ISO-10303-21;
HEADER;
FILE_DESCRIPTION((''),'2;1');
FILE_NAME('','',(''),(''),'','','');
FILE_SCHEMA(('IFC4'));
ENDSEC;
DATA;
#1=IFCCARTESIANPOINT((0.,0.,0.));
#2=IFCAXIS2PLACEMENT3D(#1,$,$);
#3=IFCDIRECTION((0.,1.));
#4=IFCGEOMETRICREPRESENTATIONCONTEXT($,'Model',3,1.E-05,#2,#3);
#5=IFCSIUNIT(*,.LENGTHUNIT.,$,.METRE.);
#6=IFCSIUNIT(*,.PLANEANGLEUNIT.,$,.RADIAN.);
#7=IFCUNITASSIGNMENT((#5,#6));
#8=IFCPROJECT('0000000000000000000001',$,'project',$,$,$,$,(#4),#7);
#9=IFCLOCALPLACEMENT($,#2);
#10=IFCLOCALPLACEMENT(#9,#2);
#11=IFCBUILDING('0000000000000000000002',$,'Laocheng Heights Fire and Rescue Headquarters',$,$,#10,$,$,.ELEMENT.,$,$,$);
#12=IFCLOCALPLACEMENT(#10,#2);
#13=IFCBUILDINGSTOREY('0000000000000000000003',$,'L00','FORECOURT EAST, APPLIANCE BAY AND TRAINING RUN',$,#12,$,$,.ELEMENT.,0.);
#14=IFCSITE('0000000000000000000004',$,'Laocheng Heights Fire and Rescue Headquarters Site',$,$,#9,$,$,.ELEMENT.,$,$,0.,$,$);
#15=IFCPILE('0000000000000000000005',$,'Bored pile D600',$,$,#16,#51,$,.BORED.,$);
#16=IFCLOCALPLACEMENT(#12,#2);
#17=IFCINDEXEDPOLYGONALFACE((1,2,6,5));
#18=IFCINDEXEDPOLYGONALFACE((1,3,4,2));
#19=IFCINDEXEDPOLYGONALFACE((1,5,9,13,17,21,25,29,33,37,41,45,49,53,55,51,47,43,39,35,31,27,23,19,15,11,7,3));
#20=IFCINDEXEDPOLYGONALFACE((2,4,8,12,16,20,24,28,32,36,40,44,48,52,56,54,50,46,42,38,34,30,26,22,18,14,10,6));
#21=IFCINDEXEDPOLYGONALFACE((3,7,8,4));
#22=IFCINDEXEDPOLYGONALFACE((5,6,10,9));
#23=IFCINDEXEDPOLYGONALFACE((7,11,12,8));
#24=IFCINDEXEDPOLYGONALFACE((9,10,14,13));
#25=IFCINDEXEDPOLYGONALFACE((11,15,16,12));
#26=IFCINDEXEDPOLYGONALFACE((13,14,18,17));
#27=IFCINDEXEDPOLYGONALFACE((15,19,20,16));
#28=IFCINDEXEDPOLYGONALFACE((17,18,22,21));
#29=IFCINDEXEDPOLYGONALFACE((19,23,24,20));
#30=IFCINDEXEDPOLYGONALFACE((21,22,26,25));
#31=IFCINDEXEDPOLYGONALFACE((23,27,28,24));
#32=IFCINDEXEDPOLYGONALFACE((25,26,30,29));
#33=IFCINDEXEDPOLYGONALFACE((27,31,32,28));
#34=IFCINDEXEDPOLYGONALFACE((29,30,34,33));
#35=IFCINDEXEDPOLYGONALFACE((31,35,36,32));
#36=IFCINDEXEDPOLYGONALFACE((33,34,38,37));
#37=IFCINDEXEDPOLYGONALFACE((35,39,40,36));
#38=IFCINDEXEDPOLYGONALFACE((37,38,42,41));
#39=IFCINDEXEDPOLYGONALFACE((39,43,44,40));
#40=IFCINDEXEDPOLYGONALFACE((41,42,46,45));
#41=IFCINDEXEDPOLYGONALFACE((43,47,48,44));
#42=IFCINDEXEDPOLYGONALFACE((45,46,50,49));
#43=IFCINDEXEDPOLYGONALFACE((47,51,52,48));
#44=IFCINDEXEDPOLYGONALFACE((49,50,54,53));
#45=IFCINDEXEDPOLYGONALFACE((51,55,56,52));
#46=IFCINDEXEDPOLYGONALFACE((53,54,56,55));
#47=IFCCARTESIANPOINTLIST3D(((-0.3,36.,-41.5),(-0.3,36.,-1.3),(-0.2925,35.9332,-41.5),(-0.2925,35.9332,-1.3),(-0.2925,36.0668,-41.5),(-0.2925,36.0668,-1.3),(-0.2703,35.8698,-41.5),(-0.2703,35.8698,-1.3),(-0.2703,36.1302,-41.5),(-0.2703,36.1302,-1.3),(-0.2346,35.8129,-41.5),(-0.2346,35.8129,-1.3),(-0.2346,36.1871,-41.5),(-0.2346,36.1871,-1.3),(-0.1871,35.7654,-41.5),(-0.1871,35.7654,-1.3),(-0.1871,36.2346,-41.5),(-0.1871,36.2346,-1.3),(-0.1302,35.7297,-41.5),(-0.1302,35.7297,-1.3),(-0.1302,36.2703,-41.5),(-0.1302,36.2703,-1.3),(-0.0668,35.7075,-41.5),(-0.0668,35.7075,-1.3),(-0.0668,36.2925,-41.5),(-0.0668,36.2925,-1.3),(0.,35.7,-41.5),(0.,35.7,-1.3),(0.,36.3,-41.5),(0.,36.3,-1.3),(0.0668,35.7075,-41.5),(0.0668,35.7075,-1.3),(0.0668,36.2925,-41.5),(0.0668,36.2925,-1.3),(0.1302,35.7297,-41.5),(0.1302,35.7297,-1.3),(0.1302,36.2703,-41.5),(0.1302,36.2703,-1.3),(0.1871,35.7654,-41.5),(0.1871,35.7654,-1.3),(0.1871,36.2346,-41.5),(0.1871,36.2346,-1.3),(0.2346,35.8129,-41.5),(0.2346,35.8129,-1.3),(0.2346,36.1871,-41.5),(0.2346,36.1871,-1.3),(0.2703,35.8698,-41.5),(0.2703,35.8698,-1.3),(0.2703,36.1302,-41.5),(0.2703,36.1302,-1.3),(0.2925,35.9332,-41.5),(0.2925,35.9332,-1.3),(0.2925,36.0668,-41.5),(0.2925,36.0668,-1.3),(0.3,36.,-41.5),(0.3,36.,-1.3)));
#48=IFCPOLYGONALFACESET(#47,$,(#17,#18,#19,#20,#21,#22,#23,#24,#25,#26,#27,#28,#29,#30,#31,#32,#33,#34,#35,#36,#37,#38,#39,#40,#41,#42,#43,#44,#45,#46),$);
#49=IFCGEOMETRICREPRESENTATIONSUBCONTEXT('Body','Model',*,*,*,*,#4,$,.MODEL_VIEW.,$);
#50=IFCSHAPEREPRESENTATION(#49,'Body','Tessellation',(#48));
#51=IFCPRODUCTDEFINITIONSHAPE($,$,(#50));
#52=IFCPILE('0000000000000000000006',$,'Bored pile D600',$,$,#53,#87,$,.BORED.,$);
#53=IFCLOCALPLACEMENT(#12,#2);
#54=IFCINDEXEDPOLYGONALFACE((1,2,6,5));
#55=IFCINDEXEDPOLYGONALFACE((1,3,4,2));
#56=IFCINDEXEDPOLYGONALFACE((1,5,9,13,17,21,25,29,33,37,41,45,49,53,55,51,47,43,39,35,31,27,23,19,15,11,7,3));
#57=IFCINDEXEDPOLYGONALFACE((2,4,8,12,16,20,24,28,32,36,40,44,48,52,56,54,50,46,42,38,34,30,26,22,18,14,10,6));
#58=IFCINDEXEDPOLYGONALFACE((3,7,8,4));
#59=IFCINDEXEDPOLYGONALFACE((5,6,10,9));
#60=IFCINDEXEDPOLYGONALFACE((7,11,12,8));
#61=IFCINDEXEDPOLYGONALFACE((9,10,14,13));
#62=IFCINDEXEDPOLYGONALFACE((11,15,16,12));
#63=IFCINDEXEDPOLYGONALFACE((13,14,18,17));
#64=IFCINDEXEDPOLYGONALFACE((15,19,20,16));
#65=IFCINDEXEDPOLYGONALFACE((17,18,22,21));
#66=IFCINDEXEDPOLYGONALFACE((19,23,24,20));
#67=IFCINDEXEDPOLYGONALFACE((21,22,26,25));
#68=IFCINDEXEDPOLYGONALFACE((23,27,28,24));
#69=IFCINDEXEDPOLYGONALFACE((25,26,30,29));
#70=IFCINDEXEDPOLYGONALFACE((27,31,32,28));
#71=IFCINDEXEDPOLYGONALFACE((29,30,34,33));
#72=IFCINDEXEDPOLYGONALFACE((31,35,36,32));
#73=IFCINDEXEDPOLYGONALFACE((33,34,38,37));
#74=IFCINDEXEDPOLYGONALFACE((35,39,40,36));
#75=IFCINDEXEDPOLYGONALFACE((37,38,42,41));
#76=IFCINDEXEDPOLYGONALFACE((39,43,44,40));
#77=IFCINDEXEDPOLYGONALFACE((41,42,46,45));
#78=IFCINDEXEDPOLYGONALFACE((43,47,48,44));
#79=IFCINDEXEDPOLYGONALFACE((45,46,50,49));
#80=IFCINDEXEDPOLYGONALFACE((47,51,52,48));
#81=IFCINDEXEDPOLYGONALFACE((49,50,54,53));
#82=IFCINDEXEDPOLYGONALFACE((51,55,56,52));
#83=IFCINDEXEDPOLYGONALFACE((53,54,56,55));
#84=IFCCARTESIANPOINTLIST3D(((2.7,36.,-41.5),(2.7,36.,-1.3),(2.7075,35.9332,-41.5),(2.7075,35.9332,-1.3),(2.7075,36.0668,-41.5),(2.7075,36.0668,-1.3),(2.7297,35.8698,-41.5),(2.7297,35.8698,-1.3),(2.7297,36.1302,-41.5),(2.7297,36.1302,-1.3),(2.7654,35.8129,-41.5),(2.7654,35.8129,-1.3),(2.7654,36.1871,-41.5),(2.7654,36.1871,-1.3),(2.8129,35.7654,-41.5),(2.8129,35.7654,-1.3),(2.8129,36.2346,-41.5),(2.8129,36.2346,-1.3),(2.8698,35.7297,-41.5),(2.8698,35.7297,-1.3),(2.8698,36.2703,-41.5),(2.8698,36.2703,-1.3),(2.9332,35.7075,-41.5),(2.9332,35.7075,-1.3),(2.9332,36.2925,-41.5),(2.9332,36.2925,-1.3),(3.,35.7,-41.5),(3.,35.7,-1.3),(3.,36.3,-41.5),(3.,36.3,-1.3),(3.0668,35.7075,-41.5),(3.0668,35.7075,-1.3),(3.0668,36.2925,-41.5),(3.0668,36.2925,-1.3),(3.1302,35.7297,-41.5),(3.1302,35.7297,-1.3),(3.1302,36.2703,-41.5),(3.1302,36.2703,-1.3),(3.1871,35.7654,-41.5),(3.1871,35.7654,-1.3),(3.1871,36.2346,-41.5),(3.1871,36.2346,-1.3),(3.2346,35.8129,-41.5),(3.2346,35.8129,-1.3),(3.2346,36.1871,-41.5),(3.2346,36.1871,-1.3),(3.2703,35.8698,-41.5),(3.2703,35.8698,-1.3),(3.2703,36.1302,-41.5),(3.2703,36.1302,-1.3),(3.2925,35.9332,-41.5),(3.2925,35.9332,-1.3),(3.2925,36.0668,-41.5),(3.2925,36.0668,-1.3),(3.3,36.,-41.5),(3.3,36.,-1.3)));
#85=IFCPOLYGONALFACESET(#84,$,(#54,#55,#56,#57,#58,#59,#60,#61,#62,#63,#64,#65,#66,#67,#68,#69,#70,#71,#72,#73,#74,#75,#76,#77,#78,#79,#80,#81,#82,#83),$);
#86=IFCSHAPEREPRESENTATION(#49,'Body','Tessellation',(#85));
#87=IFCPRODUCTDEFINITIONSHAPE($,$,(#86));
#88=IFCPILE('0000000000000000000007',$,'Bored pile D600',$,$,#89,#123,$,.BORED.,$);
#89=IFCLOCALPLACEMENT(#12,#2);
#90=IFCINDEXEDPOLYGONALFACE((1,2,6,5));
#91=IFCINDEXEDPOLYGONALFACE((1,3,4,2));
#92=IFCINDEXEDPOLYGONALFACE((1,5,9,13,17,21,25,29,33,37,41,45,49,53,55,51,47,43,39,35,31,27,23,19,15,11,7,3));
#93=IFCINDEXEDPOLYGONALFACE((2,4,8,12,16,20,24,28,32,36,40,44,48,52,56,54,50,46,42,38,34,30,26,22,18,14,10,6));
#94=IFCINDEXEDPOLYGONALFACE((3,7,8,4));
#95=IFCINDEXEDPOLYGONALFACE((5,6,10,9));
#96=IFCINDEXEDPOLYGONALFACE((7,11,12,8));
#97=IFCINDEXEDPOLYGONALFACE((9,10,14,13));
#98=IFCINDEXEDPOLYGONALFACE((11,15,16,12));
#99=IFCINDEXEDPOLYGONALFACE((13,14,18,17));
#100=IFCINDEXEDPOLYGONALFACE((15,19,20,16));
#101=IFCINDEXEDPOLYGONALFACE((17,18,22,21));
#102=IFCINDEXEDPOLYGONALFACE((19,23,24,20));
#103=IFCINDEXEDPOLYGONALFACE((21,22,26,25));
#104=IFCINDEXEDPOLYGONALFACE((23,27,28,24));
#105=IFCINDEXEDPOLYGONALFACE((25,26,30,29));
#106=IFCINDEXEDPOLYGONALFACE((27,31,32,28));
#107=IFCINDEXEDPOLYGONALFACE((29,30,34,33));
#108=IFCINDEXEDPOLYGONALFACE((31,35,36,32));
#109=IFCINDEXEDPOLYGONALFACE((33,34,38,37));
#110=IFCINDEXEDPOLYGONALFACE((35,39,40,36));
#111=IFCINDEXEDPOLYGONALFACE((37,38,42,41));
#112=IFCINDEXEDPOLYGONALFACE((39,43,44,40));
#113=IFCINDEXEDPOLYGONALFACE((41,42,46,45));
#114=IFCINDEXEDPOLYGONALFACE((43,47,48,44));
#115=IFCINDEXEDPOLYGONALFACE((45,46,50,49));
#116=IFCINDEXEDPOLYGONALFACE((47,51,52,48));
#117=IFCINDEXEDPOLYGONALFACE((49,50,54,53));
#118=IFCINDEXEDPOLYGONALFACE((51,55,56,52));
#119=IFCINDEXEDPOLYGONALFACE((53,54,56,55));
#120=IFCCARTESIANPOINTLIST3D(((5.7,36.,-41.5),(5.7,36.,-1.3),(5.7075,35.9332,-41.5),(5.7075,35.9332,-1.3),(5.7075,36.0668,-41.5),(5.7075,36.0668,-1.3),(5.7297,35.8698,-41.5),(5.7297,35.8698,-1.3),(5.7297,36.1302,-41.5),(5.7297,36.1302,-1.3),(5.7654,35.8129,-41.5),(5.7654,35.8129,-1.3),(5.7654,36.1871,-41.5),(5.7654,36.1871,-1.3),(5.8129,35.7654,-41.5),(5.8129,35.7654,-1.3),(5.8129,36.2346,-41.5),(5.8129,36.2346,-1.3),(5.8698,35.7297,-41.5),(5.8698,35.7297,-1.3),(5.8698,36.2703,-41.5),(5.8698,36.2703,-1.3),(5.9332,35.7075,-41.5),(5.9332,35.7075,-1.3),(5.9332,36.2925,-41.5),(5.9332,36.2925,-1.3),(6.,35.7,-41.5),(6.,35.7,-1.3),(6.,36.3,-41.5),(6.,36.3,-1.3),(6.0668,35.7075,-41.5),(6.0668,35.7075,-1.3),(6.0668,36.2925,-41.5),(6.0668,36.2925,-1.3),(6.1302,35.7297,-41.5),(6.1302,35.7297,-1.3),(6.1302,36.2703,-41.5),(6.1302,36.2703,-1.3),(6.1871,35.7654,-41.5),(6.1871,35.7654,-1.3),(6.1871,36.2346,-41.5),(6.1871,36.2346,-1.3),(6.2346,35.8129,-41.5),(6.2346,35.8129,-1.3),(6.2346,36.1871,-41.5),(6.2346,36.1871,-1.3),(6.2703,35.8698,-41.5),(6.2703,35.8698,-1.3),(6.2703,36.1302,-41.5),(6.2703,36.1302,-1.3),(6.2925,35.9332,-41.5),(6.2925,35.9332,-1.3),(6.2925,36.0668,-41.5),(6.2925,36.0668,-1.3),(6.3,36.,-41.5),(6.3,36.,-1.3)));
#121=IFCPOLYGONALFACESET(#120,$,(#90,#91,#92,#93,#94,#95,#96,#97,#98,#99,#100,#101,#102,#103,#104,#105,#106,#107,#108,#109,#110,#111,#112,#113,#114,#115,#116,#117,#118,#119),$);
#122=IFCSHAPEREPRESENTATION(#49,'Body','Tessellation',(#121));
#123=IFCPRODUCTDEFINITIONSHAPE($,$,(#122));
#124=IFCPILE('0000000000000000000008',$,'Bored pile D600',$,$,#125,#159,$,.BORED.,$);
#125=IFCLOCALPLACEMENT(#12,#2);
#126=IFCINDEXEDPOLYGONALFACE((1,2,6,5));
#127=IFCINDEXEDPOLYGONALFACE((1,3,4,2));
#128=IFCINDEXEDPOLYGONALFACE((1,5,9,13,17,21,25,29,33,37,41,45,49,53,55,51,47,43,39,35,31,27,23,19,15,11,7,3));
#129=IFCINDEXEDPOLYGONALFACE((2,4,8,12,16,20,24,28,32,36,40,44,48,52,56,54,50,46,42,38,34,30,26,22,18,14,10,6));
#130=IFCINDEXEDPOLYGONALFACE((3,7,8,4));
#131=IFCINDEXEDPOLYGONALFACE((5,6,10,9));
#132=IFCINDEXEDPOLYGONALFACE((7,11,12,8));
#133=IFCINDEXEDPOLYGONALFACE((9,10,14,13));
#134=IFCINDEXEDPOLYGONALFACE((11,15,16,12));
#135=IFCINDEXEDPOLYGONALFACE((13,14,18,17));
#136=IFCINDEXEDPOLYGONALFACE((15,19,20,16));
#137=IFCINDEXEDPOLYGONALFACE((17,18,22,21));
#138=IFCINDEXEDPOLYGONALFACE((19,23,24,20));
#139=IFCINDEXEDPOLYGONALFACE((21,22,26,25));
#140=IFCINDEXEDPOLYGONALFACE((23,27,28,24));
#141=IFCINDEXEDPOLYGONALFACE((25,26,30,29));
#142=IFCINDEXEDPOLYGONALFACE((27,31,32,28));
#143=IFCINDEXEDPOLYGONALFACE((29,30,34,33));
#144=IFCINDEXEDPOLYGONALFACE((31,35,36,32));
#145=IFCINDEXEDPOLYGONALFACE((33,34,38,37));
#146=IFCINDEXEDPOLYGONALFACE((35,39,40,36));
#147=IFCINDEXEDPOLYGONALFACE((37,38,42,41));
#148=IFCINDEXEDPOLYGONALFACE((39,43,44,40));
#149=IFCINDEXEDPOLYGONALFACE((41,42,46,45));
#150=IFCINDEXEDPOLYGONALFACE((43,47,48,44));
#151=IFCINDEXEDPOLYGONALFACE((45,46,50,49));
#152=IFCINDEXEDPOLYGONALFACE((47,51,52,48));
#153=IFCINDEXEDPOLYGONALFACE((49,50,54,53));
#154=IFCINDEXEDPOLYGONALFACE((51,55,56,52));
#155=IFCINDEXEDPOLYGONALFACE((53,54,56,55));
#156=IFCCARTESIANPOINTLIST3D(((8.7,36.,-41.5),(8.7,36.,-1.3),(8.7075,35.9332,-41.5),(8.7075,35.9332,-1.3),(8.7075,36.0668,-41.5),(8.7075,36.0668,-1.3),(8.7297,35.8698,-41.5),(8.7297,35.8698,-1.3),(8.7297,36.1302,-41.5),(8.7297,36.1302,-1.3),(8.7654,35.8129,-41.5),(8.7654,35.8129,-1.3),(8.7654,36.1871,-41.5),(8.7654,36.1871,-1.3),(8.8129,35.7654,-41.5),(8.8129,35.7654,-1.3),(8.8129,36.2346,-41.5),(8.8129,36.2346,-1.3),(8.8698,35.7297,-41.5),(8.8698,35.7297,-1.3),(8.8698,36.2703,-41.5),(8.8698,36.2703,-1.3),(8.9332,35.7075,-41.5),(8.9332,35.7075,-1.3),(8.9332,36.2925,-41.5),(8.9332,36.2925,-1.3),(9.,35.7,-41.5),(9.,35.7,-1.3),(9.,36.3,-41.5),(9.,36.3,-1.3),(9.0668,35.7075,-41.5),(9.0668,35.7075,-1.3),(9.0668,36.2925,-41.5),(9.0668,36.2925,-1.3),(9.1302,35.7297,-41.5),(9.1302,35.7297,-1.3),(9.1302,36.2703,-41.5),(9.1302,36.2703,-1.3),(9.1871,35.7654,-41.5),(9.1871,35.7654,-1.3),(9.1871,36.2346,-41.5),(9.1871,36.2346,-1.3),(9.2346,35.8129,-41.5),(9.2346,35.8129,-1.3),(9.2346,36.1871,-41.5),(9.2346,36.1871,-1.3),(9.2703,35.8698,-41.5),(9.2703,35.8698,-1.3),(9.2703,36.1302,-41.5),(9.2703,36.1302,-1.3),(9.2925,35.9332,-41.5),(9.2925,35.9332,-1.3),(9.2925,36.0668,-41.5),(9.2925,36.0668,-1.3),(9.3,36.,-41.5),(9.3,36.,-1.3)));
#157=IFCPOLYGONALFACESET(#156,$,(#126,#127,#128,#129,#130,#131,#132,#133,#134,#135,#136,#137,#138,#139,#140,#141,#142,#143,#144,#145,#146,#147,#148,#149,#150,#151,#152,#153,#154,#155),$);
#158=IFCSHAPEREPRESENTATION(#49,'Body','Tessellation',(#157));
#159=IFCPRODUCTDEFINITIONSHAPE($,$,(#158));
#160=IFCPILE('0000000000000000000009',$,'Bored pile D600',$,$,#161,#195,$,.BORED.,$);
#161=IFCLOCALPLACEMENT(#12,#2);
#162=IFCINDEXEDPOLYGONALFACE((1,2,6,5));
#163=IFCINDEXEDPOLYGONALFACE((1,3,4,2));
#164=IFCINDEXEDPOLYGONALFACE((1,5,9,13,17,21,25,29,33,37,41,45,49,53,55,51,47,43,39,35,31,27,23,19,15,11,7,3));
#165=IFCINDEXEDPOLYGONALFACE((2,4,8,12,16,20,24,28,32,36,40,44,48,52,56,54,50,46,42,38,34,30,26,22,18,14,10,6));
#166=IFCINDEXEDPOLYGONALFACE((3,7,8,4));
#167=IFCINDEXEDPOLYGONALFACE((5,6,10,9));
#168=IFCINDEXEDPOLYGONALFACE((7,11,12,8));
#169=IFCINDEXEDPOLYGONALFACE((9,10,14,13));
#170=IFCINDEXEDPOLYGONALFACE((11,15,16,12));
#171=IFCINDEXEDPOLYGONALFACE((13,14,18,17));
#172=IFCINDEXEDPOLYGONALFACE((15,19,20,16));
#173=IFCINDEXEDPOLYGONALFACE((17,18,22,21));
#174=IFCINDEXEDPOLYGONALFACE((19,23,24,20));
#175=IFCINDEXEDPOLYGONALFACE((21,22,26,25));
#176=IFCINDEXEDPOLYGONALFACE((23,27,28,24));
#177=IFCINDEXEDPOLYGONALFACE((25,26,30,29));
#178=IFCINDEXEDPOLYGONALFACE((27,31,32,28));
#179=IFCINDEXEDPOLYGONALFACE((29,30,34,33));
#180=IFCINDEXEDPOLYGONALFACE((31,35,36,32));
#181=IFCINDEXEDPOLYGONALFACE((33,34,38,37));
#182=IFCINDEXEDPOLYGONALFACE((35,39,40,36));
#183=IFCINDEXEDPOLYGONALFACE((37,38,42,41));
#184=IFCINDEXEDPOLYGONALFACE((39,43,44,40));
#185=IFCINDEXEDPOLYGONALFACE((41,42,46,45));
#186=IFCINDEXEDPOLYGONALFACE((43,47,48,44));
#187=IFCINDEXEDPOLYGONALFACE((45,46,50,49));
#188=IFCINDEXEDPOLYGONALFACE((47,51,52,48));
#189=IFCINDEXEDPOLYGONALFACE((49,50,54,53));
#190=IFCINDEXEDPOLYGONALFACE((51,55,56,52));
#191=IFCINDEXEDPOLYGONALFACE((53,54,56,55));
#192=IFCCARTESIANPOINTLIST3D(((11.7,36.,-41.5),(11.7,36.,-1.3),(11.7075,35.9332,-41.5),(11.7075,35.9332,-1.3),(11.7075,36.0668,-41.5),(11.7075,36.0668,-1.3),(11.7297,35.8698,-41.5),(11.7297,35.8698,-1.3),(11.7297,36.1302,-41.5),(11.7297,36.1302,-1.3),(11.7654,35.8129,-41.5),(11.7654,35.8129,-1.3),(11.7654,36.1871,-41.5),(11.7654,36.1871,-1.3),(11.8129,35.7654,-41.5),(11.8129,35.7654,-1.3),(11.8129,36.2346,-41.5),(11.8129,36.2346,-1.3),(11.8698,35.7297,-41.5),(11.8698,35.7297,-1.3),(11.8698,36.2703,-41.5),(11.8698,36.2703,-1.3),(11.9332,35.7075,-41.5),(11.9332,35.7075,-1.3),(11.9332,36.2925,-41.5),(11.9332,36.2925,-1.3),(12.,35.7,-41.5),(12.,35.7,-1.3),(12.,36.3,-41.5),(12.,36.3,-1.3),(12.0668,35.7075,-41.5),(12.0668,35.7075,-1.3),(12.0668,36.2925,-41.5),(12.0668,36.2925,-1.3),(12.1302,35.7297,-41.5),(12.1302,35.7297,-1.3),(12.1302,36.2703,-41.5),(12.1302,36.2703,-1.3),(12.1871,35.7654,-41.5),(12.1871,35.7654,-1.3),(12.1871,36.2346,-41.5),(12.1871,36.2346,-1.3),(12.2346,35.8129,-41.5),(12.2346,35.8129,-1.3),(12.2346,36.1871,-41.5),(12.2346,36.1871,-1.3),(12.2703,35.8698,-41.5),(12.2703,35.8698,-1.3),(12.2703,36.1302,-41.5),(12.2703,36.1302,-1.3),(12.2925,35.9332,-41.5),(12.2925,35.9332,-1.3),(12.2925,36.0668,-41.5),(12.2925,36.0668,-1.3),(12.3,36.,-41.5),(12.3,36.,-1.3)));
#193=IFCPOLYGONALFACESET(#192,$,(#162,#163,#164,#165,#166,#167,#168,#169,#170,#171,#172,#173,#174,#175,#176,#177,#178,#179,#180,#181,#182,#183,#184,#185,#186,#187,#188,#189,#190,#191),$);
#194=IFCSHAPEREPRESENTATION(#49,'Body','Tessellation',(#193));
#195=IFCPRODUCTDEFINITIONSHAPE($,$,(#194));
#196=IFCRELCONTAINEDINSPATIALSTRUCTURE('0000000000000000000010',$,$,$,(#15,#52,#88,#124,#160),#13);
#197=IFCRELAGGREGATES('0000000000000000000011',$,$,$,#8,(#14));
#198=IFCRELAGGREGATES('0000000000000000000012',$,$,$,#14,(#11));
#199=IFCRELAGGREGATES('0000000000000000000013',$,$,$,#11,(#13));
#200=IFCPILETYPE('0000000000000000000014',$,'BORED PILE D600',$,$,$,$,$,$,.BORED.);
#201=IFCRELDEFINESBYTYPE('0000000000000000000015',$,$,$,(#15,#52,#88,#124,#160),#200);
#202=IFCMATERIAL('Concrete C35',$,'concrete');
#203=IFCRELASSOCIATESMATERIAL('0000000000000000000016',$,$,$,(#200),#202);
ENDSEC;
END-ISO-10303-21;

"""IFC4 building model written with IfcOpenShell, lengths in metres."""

from ifc_helpers import new_model, si_unit, direction, frame, origin, origin_2d, place, context, subcontext, project, spatial, circle, extrude, material, material_profile, profile_set, type_object, element, save


model = new_model("IFC4")

# Units and contexts
model_context = context("Model", 3, precision=1e-05, world=origin(), true_north=direction((0.0, 1.0)))
body_context = subcontext(model_context, "Body", "Model", "MODEL_VIEW")
ifc_project = project(units=[si_unit("LENGTHUNIT", "METRE"), si_unit("PLANEANGLEUNIT", "RADIAN")], contexts=[model_context])

# Site, building, storey
site_placement = place(None, origin())
site = spatial("IfcSite", under=ifc_project, at=site_placement, Name="Laocheng Heights Fire and Rescue Headquarters Site", CompositionType="ELEMENT", RefElevation=0.0)
building_placement = place(site_placement, origin())
building = spatial("IfcBuilding", under=site, at=building_placement, Name="Laocheng Heights Fire and Rescue Headquarters", CompositionType="ELEMENT")
storey_placement = place(building_placement, origin())
storey = spatial("IfcBuildingStorey", under=building, at=storey_placement, Name="L00", Description="FORECOURT EAST, APPLIANCE BAY AND TRAINING RUN", CompositionType="ELEMENT", Elevation=0.0)

# Piles
ifc_material_1 = material(Name="Concrete C35", Category="concrete")
ifc_material_profile_1 = material_profile(ifc_material_1, circle(Radius=0.3, at=origin_2d()), Name="BORED PILE D600")
ifc_profile_set_1 = profile_set([ifc_material_profile_1], Name="Concrete C35")
pile_type_1 = type_object("IfcPileType", Name="BORED PILE D600", PredefinedType="BORED", material=ifc_profile_set_1)
for number, where, z_axis, x_axis, name in (
    (1, (0.0, 36.0, -1.3), (0.0, 0.0, -1.0), (1.0, 0.0, 0.0), "Bored pile D600"),
    (2, (3.0, 36.0, -1.3), (0.0, 0.0, -1.0), (1.0, 0.0, 0.0), "Bored pile D600"),
    (3, (6.0, 36.0, -1.3), (0.0, 0.0, -1.0), (1.0, 0.0, 0.0), "Bored pile D600"),
    (4, (9.0, 36.0, -1.3), (0.0, 0.0, -1.0), (1.0, 0.0, 0.0), "Bored pile D600"),
    (5, (12.0, 36.0, -1.3), (0.0, 0.0, -1.0), (1.0, 0.0, 0.0), "Bored pile D600"),
):
    element("IfcPile", number, at=place(storey_placement, frame(where, z_axis=z_axis, x_axis=x_axis)), inside=storey, type_object=pile_type_1, Name=name, PredefinedType="BORED", context=body_context, shape_type="SweptSolid", body=[
        extrude(circle(Radius=0.3, at=origin_2d()), origin(), (0.0, 0.0, 1.0), 40.2),
    ])

save(model, "model.ifc")
